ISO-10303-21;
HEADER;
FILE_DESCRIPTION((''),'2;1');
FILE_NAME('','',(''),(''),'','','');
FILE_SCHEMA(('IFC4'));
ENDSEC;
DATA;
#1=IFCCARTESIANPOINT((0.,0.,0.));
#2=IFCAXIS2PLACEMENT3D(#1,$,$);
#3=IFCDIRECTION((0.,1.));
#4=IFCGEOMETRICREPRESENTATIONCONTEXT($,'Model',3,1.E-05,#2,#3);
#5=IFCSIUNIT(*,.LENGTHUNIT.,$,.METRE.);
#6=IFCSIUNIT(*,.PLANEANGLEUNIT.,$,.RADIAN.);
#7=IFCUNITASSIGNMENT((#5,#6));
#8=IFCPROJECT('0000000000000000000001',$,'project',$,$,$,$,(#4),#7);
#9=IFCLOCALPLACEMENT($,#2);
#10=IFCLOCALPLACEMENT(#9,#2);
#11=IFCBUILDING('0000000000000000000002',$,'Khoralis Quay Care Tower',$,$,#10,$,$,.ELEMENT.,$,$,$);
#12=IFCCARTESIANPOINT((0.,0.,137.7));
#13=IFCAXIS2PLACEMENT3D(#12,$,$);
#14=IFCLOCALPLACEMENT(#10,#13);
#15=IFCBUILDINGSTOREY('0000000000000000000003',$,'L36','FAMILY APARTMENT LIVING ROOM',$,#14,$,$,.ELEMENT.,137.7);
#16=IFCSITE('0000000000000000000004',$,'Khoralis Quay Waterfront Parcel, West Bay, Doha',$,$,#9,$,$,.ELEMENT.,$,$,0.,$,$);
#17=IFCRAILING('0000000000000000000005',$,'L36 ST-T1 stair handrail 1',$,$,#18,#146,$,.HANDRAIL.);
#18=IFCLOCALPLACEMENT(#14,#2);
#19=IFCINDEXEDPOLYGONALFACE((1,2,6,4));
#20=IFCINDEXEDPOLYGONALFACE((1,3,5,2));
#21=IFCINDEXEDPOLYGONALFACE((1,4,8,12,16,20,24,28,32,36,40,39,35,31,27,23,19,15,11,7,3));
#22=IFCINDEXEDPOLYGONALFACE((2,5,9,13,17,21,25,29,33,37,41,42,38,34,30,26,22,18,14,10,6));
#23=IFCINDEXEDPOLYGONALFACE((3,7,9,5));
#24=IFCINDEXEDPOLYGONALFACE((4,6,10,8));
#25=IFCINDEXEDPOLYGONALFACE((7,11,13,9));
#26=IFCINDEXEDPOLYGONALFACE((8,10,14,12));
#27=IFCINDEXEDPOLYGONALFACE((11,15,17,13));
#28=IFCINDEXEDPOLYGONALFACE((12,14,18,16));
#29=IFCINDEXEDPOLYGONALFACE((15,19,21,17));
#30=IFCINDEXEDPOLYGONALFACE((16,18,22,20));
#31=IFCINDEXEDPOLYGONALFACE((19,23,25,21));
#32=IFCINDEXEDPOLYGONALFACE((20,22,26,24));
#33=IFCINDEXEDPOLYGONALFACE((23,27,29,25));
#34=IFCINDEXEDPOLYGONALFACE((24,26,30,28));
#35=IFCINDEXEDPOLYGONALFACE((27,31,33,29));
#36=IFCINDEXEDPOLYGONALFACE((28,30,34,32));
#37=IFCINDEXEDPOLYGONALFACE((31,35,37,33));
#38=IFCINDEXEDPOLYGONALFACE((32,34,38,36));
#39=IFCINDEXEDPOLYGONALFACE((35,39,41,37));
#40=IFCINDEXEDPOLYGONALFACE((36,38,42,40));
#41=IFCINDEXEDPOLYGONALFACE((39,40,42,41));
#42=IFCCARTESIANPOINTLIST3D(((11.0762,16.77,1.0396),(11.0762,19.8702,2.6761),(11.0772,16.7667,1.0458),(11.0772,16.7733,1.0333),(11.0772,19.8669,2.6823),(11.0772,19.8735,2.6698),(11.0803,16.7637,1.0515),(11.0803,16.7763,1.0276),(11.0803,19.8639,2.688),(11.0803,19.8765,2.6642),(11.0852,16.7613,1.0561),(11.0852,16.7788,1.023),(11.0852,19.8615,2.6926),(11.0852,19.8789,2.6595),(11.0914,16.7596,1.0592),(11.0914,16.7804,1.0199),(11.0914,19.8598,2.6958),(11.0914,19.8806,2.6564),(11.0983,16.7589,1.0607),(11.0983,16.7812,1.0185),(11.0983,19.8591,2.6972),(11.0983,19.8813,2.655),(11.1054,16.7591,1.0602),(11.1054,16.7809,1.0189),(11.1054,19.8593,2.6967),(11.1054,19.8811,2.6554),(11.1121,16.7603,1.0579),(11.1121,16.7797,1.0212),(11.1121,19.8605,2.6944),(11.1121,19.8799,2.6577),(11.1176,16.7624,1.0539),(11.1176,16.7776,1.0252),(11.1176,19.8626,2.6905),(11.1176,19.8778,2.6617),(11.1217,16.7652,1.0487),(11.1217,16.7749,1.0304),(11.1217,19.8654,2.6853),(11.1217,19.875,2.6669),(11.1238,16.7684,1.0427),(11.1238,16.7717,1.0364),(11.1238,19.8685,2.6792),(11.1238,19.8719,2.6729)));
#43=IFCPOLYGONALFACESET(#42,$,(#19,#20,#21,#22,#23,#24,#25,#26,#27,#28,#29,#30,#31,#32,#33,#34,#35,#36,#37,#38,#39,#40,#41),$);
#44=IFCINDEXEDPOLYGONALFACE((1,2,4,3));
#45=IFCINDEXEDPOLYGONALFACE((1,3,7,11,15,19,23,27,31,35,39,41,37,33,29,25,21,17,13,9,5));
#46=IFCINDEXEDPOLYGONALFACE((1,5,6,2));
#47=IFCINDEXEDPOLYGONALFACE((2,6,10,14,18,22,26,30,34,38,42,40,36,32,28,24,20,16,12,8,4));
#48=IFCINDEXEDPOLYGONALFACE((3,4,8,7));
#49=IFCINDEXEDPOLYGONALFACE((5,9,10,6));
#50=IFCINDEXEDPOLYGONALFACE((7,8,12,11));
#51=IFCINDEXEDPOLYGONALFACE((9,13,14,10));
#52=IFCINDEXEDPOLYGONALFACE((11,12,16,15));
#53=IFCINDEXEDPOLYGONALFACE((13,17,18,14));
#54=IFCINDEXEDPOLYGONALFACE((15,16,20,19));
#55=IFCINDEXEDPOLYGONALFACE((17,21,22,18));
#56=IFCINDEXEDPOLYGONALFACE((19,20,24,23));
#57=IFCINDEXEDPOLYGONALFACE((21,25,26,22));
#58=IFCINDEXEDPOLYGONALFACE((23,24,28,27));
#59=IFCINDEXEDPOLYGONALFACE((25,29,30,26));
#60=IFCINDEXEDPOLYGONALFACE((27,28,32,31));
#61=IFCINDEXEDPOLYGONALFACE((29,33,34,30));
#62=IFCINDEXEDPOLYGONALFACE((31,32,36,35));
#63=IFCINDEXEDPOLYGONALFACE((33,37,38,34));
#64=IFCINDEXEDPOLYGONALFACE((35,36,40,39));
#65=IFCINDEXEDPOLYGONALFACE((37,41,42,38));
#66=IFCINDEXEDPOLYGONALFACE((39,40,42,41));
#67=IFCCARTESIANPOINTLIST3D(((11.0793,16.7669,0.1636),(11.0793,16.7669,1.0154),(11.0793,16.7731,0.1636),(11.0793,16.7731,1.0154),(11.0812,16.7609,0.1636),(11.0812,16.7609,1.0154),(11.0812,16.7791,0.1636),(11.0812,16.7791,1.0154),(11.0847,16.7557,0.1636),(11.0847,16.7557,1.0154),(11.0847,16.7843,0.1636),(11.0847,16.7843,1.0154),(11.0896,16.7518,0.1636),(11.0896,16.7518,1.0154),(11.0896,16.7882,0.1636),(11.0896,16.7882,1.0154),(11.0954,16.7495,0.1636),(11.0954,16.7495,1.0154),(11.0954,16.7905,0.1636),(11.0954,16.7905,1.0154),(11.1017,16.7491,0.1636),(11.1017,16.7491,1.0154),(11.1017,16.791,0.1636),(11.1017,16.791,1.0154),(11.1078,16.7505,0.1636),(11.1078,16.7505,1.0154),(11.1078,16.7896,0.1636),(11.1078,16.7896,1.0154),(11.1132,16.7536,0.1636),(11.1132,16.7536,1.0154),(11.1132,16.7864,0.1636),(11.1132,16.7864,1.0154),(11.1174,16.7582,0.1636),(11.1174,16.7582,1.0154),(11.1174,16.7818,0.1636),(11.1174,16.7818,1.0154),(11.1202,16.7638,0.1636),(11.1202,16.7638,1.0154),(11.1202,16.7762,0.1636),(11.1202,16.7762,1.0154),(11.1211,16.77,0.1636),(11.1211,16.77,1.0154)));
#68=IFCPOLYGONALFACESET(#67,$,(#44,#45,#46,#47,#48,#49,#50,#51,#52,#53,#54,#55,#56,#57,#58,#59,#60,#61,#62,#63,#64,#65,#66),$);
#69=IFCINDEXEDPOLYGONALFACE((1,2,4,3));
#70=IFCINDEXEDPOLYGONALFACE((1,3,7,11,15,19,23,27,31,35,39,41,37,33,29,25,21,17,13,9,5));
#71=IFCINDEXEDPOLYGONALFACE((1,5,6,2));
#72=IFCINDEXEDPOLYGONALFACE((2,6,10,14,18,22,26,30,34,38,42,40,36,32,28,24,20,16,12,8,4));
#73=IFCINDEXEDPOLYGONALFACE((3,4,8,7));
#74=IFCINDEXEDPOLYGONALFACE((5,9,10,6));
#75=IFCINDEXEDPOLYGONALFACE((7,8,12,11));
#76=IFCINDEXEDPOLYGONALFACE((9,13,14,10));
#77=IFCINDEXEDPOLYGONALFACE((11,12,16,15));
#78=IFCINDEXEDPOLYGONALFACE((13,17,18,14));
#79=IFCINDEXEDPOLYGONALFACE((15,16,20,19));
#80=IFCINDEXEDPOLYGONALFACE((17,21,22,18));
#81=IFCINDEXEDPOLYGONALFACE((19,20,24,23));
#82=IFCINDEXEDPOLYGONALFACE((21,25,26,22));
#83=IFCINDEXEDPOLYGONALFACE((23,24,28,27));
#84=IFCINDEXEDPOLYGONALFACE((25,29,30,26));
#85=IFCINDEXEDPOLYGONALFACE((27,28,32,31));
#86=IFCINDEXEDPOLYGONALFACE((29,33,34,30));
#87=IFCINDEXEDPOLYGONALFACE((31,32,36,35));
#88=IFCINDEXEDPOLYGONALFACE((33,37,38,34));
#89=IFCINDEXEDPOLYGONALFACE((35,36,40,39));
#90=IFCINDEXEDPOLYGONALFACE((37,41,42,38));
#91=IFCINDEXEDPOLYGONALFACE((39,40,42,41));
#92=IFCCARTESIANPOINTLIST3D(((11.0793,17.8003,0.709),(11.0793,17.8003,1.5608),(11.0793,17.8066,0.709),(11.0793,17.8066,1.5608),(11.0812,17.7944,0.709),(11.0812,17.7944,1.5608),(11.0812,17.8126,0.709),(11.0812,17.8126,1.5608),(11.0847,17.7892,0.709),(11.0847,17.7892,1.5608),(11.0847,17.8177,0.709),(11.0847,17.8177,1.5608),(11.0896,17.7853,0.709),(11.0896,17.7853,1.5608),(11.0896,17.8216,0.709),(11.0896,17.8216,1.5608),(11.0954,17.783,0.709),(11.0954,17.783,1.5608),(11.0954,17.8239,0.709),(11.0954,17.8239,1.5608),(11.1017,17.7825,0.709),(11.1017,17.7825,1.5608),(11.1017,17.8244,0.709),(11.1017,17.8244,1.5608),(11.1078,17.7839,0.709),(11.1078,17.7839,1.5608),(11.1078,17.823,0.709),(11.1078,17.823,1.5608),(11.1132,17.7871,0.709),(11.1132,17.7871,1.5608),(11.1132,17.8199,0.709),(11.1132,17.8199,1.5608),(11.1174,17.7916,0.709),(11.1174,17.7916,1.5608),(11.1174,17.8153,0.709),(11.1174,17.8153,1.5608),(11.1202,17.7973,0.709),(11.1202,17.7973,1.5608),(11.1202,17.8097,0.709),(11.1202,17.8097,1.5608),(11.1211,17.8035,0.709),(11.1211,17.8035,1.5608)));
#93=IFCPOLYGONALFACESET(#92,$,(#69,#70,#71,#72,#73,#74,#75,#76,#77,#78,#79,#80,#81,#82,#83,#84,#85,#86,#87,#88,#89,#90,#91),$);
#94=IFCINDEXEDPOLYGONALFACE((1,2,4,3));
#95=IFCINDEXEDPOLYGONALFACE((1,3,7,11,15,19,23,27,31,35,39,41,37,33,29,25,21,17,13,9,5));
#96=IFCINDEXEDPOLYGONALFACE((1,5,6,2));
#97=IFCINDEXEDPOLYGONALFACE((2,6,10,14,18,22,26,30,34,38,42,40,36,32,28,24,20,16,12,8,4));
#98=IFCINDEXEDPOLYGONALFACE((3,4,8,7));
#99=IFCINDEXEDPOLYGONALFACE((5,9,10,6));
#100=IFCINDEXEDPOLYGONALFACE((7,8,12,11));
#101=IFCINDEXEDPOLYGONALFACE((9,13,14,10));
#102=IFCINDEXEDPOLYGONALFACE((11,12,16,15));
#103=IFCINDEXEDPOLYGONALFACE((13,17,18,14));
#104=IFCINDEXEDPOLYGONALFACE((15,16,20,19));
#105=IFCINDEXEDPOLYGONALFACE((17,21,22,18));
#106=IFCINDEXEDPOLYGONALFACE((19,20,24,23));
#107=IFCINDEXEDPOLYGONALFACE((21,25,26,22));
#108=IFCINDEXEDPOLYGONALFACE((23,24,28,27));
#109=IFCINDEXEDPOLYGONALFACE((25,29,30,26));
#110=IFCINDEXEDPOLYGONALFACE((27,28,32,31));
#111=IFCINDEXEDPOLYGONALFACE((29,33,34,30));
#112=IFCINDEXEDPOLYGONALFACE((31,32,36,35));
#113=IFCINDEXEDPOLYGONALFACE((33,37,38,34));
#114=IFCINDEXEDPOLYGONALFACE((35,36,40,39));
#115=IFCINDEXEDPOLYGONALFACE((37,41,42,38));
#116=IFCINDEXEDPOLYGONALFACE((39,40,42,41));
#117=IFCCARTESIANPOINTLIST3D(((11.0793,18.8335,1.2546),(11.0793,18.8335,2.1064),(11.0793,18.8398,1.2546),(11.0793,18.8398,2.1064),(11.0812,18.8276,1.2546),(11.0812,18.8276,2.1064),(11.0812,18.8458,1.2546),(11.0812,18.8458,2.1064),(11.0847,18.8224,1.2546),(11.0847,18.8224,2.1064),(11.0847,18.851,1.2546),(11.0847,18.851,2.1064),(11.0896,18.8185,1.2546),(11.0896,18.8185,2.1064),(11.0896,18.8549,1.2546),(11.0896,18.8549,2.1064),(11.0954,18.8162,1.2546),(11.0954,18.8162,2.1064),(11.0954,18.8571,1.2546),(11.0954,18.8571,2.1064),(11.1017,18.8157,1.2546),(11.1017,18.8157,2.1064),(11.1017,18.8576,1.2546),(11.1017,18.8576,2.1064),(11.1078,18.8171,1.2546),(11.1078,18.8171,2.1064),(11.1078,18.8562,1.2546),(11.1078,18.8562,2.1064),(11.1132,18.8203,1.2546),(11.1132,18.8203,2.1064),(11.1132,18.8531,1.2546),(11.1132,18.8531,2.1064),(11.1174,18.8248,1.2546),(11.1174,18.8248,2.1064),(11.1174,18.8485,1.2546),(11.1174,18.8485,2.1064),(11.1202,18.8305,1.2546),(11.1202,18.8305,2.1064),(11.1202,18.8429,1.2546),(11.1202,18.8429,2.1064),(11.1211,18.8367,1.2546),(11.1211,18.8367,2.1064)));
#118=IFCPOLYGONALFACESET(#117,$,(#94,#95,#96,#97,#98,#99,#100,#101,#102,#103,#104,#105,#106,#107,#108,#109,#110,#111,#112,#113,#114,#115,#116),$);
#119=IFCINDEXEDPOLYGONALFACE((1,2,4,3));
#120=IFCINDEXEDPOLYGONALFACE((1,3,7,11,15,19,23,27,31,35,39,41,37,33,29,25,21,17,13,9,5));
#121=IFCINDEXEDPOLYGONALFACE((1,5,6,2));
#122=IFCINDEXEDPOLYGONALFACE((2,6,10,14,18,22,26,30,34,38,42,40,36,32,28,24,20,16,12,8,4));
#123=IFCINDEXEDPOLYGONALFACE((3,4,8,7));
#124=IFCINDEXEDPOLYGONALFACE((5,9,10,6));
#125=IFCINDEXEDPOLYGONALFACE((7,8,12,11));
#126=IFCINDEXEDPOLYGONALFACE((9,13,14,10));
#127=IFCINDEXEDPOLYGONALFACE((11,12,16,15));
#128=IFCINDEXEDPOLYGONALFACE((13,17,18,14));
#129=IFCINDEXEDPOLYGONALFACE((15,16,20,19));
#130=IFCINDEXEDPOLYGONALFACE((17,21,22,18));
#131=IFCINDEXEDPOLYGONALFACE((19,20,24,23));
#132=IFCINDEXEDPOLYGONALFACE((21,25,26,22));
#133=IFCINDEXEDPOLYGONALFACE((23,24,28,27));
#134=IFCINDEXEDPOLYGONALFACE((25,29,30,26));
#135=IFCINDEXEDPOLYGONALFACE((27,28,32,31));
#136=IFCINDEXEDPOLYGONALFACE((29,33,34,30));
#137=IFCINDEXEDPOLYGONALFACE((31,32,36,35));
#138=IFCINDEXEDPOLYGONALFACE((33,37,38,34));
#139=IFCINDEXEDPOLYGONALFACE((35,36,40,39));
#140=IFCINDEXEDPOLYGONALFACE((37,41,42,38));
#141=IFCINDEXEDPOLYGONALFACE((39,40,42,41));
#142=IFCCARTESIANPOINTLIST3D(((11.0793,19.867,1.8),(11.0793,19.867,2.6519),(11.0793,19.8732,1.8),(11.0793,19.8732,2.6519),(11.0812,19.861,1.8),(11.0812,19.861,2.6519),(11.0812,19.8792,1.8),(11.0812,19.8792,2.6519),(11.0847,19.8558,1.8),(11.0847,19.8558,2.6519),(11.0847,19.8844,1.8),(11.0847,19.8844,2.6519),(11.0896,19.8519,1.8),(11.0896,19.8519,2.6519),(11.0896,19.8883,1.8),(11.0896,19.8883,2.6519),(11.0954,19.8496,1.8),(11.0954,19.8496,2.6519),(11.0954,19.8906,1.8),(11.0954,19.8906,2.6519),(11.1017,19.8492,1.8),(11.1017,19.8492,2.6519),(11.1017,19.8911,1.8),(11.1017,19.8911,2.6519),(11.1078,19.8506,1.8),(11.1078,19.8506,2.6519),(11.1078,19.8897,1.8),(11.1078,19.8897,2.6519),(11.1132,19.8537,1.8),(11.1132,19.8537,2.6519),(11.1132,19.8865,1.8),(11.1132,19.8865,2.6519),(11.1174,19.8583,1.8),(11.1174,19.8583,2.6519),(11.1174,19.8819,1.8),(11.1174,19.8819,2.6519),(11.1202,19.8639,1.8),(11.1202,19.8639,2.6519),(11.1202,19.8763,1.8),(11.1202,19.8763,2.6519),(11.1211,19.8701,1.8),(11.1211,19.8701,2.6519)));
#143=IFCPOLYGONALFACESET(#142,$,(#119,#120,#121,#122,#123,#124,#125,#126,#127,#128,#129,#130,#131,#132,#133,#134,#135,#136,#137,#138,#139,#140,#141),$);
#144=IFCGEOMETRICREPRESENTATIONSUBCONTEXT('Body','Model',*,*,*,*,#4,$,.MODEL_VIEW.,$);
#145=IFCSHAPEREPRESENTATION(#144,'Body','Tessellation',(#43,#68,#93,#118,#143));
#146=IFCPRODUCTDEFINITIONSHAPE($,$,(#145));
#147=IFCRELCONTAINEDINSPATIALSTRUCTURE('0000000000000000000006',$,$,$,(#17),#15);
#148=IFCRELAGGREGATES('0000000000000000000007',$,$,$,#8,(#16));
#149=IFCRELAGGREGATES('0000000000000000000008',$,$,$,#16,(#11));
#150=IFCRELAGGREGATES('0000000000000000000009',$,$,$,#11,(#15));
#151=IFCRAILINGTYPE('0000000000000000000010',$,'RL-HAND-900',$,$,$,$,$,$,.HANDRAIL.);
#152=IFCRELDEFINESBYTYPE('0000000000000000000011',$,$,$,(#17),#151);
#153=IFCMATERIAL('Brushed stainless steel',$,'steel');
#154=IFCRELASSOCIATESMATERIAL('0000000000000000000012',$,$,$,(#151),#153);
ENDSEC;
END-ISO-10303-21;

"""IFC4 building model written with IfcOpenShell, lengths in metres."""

from ifc_helpers import new_model, si_unit, direction, frame, origin, origin_2d, place, context, subcontext, project, spatial, circle, extrude, material, type_object, element, save


model = new_model("IFC4")

# Units and contexts
model_context = context("Model", 3, precision=1e-05, world=origin(), true_north=direction((0.0, 1.0)))
body_context = subcontext(model_context, "Body", "Model", "MODEL_VIEW")
ifc_project = project(units=[si_unit("LENGTHUNIT", "METRE"), si_unit("PLANEANGLEUNIT", "RADIAN")], contexts=[model_context])

# Site, building, storey
site_placement = place(None, origin())
site = spatial("IfcSite", under=ifc_project, at=site_placement, Name="Khoralis Quay Waterfront Parcel, West Bay, Doha", CompositionType="ELEMENT", RefElevation=0.0)
building_placement = place(site_placement, origin())
building = spatial("IfcBuilding", under=site, at=building_placement, Name="Khoralis Quay Care Tower", CompositionType="ELEMENT")
storey_placement = place(building_placement, frame((0.0, 0.0, 137.7)))
storey = spatial("IfcBuildingStorey", under=building, at=storey_placement, Name="L36", Description="FAMILY APARTMENT LIVING ROOM", CompositionType="ELEMENT", Elevation=137.7)

# Shared definitions
ifc_material_1 = material(Name="Brushed stainless steel", Category="steel")

# Railing
railing_type_1 = type_object("IfcRailingType", Name="RL-HAND-900", PredefinedType="HANDRAIL", material=ifc_material_1)
railing_1_placement = place(storey_placement, frame((11.1001, 16.77, 0.1636)))
element("IfcRailing", 1, at=railing_1_placement, inside=storey, type_object=railing_type_1, Name="L36 ST-T1 stair handrail 1", PredefinedType="HANDRAIL", context=body_context, shape_type="SweptSolid", body=[
    extrude(circle(Radius=0.0239, at=origin_2d()), frame((0.0, 0.0, 0.876), z_axis=(0.0, 0.884348, 0.466828), x_axis=(-1.0, 0.0, 0.0)), (0.0, 0.0, 1.0), 3.5056),
    extrude(circle(Radius=0.021, at=origin_2d()), origin(), (0.0, 0.0, 1.0), 0.8518),
    extrude(circle(Radius=0.021, at=origin_2d()), frame((0.0, 1.0334, 0.5454)), (0.0, 0.0, 1.0), 0.8518),
    extrude(circle(Radius=0.021, at=origin_2d()), frame((0.0, 2.0667, 1.0911)), (0.0, 0.0, 1.0), 0.8518),
    extrude(circle(Radius=0.021, at=origin_2d()), frame((0.0, 3.1001, 1.6365)), (0.0, 0.0, 1.0), 0.8518),
])

save(model, "model.ifc")
